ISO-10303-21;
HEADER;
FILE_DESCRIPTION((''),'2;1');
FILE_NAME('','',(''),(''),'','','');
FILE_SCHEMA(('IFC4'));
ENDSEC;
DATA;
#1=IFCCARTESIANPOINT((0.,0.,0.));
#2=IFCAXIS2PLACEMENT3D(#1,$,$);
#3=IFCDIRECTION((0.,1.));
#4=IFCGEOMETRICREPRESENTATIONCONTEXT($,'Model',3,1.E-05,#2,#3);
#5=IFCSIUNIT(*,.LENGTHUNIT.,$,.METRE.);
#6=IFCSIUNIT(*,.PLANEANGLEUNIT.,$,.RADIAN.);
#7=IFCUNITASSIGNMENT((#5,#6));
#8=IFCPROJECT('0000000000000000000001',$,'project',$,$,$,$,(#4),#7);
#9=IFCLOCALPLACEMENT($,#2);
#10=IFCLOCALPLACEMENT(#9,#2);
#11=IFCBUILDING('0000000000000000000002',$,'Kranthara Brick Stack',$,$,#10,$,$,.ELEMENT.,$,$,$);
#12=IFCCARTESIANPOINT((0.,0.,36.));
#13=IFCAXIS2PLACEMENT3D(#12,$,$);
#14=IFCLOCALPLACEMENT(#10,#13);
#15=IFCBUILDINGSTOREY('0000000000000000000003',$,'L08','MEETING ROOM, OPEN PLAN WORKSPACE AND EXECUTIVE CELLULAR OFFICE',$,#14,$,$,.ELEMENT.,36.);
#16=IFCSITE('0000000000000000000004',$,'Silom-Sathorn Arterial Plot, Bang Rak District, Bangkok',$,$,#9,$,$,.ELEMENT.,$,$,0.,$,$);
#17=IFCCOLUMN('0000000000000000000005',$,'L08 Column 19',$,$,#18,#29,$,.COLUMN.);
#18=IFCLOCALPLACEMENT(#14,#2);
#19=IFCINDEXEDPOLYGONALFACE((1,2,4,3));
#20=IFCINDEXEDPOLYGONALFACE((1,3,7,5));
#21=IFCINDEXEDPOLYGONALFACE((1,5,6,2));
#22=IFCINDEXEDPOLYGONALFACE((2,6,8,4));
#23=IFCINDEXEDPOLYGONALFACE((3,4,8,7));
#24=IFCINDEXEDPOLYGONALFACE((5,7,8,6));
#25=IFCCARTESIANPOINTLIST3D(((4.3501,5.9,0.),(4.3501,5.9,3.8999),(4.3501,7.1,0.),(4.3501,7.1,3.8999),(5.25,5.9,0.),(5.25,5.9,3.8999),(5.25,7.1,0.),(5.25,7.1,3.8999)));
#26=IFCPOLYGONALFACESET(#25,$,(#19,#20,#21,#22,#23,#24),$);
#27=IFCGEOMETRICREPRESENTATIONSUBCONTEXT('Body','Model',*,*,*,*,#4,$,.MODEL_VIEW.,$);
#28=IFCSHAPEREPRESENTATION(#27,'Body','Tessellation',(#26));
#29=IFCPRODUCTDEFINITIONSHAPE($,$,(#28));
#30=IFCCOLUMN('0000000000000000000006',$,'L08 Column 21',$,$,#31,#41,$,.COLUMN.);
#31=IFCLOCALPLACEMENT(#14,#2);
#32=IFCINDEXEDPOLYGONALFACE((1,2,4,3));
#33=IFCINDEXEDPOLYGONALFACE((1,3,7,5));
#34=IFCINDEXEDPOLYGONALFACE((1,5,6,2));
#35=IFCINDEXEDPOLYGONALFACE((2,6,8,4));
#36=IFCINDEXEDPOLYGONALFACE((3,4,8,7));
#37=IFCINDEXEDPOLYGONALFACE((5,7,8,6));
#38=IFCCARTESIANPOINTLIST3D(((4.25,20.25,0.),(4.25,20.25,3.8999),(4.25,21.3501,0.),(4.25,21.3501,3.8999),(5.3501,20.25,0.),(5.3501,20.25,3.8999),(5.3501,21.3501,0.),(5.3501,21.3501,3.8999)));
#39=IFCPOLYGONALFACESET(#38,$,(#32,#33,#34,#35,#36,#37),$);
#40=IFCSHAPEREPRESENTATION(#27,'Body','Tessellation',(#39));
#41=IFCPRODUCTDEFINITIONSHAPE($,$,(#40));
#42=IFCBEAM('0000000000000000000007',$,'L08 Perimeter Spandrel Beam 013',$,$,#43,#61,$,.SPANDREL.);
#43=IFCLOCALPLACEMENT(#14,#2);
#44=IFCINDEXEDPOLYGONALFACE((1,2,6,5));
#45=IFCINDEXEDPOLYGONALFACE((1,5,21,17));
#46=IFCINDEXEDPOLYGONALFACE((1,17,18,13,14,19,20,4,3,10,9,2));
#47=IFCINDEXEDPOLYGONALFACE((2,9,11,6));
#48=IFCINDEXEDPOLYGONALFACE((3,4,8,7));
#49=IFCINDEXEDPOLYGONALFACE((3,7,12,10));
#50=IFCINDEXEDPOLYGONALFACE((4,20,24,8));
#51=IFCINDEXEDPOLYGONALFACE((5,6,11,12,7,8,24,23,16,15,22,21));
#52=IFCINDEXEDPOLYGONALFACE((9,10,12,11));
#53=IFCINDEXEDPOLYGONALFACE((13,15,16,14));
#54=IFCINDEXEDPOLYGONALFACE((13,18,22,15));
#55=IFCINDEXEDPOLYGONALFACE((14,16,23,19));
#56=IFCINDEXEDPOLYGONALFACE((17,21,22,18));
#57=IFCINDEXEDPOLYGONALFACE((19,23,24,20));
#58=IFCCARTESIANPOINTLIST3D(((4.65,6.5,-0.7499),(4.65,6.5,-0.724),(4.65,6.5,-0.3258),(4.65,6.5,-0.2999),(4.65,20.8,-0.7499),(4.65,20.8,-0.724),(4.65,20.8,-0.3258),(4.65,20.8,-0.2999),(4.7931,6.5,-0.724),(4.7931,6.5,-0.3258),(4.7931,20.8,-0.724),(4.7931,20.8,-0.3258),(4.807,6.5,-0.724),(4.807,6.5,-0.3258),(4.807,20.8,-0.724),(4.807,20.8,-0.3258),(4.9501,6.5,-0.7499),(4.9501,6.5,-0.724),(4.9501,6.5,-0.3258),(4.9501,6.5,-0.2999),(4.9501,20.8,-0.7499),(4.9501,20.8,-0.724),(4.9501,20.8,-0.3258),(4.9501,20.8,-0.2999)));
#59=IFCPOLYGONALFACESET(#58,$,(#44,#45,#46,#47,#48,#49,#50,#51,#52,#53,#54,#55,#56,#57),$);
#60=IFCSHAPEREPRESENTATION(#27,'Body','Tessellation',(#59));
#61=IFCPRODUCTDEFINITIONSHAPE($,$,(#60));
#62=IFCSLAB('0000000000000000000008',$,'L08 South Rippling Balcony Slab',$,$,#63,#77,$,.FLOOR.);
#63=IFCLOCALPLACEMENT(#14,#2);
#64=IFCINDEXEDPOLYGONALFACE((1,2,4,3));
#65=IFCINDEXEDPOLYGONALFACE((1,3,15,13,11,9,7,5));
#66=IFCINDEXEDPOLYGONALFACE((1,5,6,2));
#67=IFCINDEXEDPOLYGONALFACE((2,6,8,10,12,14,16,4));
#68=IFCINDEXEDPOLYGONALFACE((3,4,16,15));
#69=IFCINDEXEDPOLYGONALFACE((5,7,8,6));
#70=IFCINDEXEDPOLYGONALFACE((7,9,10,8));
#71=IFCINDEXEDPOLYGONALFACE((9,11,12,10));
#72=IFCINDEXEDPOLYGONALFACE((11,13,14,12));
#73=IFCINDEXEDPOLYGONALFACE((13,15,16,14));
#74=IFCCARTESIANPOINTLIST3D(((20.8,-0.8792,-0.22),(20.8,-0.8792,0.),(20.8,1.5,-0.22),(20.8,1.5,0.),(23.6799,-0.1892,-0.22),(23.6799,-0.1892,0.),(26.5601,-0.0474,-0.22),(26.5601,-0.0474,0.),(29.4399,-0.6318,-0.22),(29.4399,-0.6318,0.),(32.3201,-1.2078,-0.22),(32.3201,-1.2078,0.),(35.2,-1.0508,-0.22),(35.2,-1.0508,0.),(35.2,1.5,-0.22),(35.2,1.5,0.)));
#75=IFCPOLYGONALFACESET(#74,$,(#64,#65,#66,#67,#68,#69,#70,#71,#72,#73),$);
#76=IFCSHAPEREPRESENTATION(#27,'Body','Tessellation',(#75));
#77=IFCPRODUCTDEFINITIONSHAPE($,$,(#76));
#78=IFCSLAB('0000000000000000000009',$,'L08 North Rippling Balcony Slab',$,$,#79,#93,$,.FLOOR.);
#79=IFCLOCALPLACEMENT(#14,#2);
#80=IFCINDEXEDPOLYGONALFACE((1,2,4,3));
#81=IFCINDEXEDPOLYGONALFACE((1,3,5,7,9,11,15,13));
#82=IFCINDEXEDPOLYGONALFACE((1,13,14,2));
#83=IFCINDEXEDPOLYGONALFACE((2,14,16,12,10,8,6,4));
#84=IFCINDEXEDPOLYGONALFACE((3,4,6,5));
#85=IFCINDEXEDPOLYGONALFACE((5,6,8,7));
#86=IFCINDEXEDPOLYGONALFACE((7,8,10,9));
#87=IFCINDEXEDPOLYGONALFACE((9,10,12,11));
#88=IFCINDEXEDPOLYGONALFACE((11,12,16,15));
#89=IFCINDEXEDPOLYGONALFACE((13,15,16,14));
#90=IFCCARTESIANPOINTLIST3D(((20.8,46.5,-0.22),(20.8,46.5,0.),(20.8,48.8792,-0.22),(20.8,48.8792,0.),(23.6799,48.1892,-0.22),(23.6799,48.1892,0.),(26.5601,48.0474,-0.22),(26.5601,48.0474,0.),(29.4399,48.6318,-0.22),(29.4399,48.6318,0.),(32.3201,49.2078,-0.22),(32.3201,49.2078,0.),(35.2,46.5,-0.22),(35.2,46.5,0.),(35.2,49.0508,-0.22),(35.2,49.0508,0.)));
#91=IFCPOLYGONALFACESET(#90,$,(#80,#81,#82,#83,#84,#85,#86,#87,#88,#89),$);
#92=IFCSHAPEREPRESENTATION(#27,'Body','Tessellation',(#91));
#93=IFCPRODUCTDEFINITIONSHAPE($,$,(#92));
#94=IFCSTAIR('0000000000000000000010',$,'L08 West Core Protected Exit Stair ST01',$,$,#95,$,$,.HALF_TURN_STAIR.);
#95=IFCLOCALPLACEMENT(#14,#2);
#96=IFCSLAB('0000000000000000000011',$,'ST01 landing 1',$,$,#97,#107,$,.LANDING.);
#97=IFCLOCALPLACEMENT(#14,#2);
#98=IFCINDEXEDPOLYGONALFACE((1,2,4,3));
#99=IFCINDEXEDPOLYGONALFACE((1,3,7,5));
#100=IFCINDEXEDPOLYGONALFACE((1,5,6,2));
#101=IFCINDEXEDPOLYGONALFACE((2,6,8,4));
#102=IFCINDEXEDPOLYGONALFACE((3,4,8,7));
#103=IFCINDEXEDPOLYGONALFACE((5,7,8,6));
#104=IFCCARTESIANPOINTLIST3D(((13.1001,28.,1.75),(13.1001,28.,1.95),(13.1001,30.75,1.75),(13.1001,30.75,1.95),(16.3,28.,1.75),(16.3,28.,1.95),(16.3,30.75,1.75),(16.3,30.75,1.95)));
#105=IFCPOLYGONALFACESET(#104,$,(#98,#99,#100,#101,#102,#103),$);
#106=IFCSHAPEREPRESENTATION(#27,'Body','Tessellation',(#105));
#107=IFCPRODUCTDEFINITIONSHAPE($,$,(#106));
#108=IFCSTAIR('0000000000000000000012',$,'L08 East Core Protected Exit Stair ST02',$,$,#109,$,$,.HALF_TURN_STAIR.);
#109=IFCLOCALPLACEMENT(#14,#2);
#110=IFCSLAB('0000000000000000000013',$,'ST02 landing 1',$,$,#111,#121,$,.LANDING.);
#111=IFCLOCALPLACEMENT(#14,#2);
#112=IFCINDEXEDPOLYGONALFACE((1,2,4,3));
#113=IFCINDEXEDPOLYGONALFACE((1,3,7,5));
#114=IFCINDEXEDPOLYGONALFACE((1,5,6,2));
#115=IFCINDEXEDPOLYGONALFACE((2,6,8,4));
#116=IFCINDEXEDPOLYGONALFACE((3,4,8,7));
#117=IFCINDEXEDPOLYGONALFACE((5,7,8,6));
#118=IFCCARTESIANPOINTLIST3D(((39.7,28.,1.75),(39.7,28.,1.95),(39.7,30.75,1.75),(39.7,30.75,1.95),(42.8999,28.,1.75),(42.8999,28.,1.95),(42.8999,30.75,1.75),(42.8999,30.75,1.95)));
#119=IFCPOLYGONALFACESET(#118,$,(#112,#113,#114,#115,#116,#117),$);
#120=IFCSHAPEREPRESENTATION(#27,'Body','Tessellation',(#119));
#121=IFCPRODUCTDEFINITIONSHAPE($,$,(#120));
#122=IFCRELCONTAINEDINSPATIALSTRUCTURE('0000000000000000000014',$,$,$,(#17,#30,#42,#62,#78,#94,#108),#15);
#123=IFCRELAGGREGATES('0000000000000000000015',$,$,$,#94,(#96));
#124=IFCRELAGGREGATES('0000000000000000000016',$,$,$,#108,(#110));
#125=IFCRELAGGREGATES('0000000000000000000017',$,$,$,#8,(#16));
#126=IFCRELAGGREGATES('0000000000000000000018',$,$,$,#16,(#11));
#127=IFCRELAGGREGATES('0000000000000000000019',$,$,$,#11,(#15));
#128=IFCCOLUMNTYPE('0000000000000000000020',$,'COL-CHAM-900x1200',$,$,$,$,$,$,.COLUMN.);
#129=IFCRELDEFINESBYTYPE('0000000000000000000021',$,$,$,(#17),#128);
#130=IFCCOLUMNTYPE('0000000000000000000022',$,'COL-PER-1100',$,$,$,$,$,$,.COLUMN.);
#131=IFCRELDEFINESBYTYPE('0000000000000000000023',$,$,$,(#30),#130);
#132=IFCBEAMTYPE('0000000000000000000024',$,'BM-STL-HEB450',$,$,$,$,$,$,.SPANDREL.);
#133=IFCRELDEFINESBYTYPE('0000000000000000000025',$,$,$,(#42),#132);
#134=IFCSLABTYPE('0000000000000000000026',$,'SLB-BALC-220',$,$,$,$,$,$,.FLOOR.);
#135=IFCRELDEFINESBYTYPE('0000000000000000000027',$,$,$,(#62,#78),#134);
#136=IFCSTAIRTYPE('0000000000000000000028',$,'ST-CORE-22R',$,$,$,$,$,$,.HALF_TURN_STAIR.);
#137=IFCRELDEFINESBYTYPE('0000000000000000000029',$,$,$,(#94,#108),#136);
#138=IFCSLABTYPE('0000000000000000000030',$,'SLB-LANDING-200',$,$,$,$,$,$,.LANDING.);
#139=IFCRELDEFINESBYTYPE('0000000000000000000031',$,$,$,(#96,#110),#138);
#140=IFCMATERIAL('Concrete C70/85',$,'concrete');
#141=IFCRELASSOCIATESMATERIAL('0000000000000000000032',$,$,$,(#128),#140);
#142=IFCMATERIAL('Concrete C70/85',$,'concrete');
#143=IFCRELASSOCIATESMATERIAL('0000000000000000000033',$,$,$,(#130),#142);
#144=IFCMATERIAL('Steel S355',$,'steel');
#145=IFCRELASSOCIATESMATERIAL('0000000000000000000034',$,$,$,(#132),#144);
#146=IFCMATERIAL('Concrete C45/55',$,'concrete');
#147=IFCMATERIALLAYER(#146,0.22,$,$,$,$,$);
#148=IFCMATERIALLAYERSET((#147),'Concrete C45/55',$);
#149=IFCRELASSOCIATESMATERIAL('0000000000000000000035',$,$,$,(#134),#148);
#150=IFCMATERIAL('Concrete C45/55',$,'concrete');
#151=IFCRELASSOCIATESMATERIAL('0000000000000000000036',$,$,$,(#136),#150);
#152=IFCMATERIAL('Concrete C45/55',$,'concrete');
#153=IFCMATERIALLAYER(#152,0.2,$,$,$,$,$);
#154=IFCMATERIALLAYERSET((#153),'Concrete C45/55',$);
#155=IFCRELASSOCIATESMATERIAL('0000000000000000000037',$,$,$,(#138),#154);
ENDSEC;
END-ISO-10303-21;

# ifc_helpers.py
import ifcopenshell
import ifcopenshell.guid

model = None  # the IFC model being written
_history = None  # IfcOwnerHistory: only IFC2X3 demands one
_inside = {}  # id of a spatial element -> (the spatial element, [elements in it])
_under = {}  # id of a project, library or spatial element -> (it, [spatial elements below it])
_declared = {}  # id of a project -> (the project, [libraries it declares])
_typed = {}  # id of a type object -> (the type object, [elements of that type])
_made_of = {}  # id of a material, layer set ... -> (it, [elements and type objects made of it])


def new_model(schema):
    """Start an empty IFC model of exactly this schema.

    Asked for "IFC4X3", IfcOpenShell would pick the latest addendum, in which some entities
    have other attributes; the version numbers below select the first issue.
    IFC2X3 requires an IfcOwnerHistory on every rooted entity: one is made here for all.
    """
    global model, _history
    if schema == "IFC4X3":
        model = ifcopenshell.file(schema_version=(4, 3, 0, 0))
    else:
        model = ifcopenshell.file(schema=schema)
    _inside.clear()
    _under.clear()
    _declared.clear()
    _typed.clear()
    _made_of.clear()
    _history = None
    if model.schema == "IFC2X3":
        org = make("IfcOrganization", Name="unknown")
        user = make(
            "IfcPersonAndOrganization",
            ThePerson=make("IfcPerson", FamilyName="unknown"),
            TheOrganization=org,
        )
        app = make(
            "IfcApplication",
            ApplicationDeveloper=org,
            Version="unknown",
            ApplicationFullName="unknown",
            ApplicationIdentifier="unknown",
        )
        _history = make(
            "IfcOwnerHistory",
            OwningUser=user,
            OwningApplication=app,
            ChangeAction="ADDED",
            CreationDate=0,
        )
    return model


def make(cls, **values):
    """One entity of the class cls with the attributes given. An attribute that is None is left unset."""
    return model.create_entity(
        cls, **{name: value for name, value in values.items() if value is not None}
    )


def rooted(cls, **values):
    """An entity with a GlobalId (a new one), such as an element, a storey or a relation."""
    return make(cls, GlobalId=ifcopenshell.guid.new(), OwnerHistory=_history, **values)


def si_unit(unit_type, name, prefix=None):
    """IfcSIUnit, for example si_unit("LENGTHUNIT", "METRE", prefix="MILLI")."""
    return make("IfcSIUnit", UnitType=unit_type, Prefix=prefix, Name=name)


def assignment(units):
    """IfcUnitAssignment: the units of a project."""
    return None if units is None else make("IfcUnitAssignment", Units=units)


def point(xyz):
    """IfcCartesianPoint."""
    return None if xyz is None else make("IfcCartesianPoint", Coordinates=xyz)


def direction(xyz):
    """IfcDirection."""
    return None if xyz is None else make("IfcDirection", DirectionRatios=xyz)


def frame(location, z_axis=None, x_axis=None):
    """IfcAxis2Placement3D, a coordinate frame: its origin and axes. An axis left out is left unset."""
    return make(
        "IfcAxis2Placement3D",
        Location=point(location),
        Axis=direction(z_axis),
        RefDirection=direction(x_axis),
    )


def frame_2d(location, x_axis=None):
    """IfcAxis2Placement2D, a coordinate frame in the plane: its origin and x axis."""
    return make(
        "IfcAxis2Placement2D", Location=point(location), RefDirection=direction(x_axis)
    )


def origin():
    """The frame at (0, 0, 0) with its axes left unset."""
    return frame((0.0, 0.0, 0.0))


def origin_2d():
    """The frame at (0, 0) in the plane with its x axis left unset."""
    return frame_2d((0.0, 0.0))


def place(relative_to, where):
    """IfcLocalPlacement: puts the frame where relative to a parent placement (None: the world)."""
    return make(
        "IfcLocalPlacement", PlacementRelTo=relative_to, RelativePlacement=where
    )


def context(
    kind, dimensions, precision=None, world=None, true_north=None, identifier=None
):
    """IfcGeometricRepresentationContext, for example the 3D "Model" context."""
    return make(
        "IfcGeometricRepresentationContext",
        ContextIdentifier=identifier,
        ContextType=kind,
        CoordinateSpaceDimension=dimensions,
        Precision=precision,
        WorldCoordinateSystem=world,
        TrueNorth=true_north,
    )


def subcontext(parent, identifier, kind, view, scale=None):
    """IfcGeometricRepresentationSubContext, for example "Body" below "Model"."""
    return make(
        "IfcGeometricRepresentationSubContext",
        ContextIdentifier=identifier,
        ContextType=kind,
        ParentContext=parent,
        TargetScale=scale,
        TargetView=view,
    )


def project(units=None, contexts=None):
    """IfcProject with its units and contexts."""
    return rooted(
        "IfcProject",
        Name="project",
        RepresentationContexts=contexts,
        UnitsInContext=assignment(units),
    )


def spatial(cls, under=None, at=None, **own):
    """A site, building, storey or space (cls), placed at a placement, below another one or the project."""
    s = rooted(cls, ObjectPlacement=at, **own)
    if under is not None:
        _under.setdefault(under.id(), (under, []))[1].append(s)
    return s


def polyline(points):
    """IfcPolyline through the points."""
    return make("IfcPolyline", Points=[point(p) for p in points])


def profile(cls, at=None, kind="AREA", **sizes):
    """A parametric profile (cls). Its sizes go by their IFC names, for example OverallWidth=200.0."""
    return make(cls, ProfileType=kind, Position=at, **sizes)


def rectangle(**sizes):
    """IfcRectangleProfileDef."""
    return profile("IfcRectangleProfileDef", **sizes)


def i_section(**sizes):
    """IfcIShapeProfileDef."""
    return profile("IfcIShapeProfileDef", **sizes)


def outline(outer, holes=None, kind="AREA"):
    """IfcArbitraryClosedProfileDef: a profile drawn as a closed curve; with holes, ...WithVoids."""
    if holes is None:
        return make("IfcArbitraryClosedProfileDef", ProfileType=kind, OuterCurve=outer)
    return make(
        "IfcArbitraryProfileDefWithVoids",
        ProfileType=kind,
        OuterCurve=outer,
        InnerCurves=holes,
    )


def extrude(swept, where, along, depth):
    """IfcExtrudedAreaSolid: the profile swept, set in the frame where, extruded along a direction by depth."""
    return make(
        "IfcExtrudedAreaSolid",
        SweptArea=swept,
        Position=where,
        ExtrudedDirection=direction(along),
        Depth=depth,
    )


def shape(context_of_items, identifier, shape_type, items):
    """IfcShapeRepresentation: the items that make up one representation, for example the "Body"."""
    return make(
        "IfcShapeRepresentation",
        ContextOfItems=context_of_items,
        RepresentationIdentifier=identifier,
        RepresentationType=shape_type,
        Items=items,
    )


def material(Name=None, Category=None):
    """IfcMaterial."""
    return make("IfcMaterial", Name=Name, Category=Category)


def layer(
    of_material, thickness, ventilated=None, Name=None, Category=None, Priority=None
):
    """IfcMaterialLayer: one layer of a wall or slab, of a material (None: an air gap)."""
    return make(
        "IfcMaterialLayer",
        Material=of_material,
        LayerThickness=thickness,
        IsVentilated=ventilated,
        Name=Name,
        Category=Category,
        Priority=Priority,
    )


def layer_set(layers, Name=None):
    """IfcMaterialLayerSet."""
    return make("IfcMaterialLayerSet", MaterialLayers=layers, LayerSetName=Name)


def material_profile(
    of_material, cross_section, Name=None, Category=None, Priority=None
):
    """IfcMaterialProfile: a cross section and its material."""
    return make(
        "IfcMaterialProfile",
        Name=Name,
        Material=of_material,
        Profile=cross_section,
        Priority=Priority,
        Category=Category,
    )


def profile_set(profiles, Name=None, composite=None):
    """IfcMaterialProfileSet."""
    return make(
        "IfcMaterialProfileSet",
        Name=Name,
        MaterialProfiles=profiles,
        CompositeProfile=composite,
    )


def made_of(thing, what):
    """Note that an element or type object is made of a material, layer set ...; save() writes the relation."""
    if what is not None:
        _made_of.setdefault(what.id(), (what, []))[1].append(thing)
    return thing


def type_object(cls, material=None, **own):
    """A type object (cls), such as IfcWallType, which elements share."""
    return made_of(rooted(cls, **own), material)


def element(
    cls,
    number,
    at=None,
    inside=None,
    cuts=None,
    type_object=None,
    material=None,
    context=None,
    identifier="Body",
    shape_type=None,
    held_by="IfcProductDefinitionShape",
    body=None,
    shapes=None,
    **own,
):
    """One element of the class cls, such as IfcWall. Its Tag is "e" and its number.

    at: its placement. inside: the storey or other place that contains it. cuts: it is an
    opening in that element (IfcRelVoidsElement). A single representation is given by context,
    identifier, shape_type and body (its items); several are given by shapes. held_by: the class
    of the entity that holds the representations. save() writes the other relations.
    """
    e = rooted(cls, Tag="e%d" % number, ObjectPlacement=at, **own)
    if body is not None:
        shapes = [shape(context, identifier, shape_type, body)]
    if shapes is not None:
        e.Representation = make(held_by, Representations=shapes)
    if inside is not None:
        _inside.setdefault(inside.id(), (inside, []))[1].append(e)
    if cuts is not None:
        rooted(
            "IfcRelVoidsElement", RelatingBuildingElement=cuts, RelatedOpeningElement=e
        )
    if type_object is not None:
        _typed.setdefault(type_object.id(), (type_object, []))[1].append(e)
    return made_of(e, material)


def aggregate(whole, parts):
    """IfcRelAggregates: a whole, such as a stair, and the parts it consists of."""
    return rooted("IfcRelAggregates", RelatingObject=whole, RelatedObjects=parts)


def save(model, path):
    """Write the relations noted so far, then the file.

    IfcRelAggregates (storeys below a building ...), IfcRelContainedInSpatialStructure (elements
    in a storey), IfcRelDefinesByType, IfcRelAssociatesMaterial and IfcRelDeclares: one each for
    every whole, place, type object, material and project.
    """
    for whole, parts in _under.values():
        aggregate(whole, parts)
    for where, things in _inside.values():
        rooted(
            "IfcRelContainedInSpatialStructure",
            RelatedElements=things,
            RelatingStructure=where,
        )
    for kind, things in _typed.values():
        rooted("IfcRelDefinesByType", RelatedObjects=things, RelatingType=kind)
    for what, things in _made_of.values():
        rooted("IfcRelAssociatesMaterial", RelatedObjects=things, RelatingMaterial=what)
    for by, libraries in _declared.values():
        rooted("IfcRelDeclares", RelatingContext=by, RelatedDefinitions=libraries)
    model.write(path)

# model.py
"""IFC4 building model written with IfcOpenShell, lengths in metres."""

from ifc_helpers import new_model, si_unit, direction, frame, origin, origin_2d, place, context, subcontext, project, spatial, polyline, rectangle, i_section, outline, extrude, material, layer, layer_set, material_profile, profile_set, type_object, element, aggregate, save


model = new_model("IFC4")

# Units and contexts
model_context = context("Model", 3, precision=1e-05, world=origin(), true_north=direction((0.0, 1.0)))
body_context = subcontext(model_context, "Body", "Model", "MODEL_VIEW")
ifc_project = project(units=[si_unit("LENGTHUNIT", "METRE"), si_unit("PLANEANGLEUNIT", "RADIAN")], contexts=[model_context])

# Site, building, storey
site_placement = place(None, origin())
site = spatial("IfcSite", under=ifc_project, at=site_placement, Name="Silom-Sathorn Arterial Plot, Bang Rak District, Bangkok", CompositionType="ELEMENT", RefElevation=0.0)
building_placement = place(site_placement, origin())
building = spatial("IfcBuilding", under=site, at=building_placement, Name="Kranthara Brick Stack", CompositionType="ELEMENT")
storey_placement = place(building_placement, frame((0.0, 0.0, 36.0)))
storey = spatial("IfcBuildingStorey", under=building, at=storey_placement, Name="L08", Description="MEETING ROOM, OPEN PLAN WORKSPACE AND EXECUTIVE CELLULAR OFFICE", CompositionType="ELEMENT", Elevation=36.0)

# Columns
ifc_material_1 = material(Name="Concrete C70/85", Category="concrete")
ifc_material_profile_1 = material_profile(ifc_material_1, rectangle(XDim=0.8999, YDim=1.2, at=origin_2d()), Name="RC 900x1200")
ifc_profile_set_1 = profile_set([ifc_material_profile_1], Name="Concrete C70/85")
column_type_1 = type_object("IfcColumnType", Name="COL-CHAM-900x1200", PredefinedType="COLUMN", material=ifc_profile_set_1)
column_1_placement = place(storey_placement, frame((4.8, 6.5, 0.0), z_axis=(0.0, 0.0, 1.0), x_axis=(1.0, 0.0, 0.0)))
element("IfcColumn", 1, at=column_1_placement, inside=storey, type_object=column_type_1, Name="L08 Column 19", PredefinedType="COLUMN", context=body_context, shape_type="SweptSolid", body=[
    extrude(rectangle(XDim=0.8999, YDim=1.2, at=origin_2d()), origin(), (0.0, 0.0, 1.0), 3.8999),
])
ifc_material_2 = material(Name="Concrete C70/85", Category="concrete")
ifc_material_profile_2 = material_profile(ifc_material_2, rectangle(XDim=1.1001, YDim=1.1001, at=origin_2d()), Name="RC 1100x1100")
ifc_profile_set_2 = profile_set([ifc_material_profile_2], Name="Concrete C70/85")
column_type_2 = type_object("IfcColumnType", Name="COL-PER-1100", PredefinedType="COLUMN", material=ifc_profile_set_2)
column_2_placement = place(storey_placement, frame((4.8, 20.8, 0.0), z_axis=(0.0, 0.0, 1.0), x_axis=(1.0, 0.0, 0.0)))
element("IfcColumn", 2, at=column_2_placement, inside=storey, type_object=column_type_2, Name="L08 Column 21", PredefinedType="COLUMN", context=body_context, shape_type="SweptSolid", body=[
    extrude(rectangle(XDim=1.1001, YDim=1.1001, at=origin_2d()), origin(), (0.0, 0.0, 1.0), 3.8999),
])

# Beam
ifc_material_3 = material(Name="Steel S355", Category="steel")
ifc_material_profile_3 = material_profile(ifc_material_3, i_section(OverallWidth=0.3, OverallDepth=0.45, WebThickness=0.0139, FlangeThickness=0.0259, at=origin_2d()), Name="HEB 450")
ifc_profile_set_3 = profile_set([ifc_material_profile_3], Name="Steel S355")
beam_type = type_object("IfcBeamType", Name="BM-STL-HEB450", PredefinedType="SPANDREL", material=ifc_profile_set_3)
beam_placement = place(storey_placement, frame((4.8, 6.5, -0.5249), z_axis=(0.0, 1.0, 0.0), x_axis=(-1.0, 0.0, 0.0)))
element("IfcBeam", 3, at=beam_placement, inside=storey, type_object=beam_type, Name="L08 Perimeter Spandrel Beam 013", PredefinedType="SPANDREL", context=body_context, shape_type="SweptSolid", body=[
    extrude(i_section(OverallWidth=0.3, OverallDepth=0.45, WebThickness=0.0139, FlangeThickness=0.0259, at=origin_2d()), origin(), (0.0, 0.0, 1.0), 14.3),
])

# Slabs
ifc_material_4 = material(Name="Concrete C45/55", Category="concrete")
ifc_layer_1 = layer(ifc_material_4, 0.22)
ifc_layer_set_1 = layer_set([ifc_layer_1], Name="Concrete C45/55")
slab_type_1 = type_object("IfcSlabType", Name="SLB-BALC-220", PredefinedType="FLOOR", material=ifc_layer_set_1)
slab_1_placement = place(storey_placement, frame((0.0, 0.0, -0.22)))
element("IfcSlab", 4, at=slab_1_placement, inside=storey, type_object=slab_type_1, Name="L08 South Rippling Balcony Slab", PredefinedType="FLOOR", context=body_context, shape_type="SweptSolid", body=[
    extrude(outline(polyline([(20.8, 1.5), (35.2, 1.5), (35.2, -1.0508), (32.3201, -1.2078), (29.4399, -0.6318), (26.5601, -0.0474), (23.6799, -0.1892), (20.8, -0.8792), (20.8, 1.5)])), origin(), (0.0, 0.0, 1.0), 0.22),
])
slab_2_placement = place(storey_placement, frame((0.0, 0.0, -0.22)))
element("IfcSlab", 5, at=slab_2_placement, inside=storey, type_object=slab_type_1, Name="L08 North Rippling Balcony Slab", PredefinedType="FLOOR", context=body_context, shape_type="SweptSolid", body=[
    extrude(outline(polyline([(35.2, 46.5), (20.8, 46.5), (20.8, 48.8792), (23.6799, 48.1892), (26.5601, 48.0474), (29.4399, 48.6318), (32.3201, 49.2078), (35.2, 49.0508), (35.2, 46.5)])), origin(), (0.0, 0.0, 1.0), 0.22),
])

# Stairs, slabs
ifc_material_5 = material(Name="Concrete C45/55", Category="concrete")
stair_type = type_object("IfcStairType", Name="ST-CORE-22R", PredefinedType="HALF_TURN_STAIR", material=ifc_material_5)
stair_1_placement = place(storey_placement, origin())
stair_1 = element("IfcStair", 6, at=stair_1_placement, inside=storey, type_object=stair_type, Name="L08 West Core Protected Exit Stair ST01", PredefinedType="HALF_TURN_STAIR")
ifc_material_6 = material(Name="Concrete C45/55", Category="concrete")
ifc_layer_2 = layer(ifc_material_6, 0.2)
ifc_layer_set_2 = layer_set([ifc_layer_2], Name="Concrete C45/55")
slab_type_2 = type_object("IfcSlabType", Name="SLB-LANDING-200", PredefinedType="LANDING", material=ifc_layer_set_2)
slab_3_placement = place(storey_placement, frame((0.0, 0.0, 1.75)))
slab_3 = element("IfcSlab", 7, at=slab_3_placement, type_object=slab_type_2, Name="ST01 landing 1", PredefinedType="LANDING", context=body_context, shape_type="SweptSolid", body=[
    extrude(outline(polyline([(16.3, 28.0), (16.3, 30.75), (13.1001, 30.75), (13.1001, 28.0), (16.3, 28.0)])), origin(), (0.0, 0.0, 1.0), 0.2),
])
aggregate(stair_1, [slab_3])
stair_2_placement = place(storey_placement, origin())
stair_2 = element("IfcStair", 8, at=stair_2_placement, inside=storey, type_object=stair_type, Name="L08 East Core Protected Exit Stair ST02", PredefinedType="HALF_TURN_STAIR")
slab_4_placement = place(storey_placement, frame((0.0, 0.0, 1.75)))
slab_4 = element("IfcSlab", 9, at=slab_4_placement, type_object=slab_type_2, Name="ST02 landing 1", PredefinedType="LANDING", context=body_context, shape_type="SweptSolid", body=[
    extrude(outline(polyline([(42.8999, 28.0), (42.8999, 30.75), (39.7, 30.75), (39.7, 28.0), (42.8999, 28.0)])), origin(), (0.0, 0.0, 1.0), 0.2),
])
aggregate(stair_2, [slab_4])

save(model, "model.ifc")
